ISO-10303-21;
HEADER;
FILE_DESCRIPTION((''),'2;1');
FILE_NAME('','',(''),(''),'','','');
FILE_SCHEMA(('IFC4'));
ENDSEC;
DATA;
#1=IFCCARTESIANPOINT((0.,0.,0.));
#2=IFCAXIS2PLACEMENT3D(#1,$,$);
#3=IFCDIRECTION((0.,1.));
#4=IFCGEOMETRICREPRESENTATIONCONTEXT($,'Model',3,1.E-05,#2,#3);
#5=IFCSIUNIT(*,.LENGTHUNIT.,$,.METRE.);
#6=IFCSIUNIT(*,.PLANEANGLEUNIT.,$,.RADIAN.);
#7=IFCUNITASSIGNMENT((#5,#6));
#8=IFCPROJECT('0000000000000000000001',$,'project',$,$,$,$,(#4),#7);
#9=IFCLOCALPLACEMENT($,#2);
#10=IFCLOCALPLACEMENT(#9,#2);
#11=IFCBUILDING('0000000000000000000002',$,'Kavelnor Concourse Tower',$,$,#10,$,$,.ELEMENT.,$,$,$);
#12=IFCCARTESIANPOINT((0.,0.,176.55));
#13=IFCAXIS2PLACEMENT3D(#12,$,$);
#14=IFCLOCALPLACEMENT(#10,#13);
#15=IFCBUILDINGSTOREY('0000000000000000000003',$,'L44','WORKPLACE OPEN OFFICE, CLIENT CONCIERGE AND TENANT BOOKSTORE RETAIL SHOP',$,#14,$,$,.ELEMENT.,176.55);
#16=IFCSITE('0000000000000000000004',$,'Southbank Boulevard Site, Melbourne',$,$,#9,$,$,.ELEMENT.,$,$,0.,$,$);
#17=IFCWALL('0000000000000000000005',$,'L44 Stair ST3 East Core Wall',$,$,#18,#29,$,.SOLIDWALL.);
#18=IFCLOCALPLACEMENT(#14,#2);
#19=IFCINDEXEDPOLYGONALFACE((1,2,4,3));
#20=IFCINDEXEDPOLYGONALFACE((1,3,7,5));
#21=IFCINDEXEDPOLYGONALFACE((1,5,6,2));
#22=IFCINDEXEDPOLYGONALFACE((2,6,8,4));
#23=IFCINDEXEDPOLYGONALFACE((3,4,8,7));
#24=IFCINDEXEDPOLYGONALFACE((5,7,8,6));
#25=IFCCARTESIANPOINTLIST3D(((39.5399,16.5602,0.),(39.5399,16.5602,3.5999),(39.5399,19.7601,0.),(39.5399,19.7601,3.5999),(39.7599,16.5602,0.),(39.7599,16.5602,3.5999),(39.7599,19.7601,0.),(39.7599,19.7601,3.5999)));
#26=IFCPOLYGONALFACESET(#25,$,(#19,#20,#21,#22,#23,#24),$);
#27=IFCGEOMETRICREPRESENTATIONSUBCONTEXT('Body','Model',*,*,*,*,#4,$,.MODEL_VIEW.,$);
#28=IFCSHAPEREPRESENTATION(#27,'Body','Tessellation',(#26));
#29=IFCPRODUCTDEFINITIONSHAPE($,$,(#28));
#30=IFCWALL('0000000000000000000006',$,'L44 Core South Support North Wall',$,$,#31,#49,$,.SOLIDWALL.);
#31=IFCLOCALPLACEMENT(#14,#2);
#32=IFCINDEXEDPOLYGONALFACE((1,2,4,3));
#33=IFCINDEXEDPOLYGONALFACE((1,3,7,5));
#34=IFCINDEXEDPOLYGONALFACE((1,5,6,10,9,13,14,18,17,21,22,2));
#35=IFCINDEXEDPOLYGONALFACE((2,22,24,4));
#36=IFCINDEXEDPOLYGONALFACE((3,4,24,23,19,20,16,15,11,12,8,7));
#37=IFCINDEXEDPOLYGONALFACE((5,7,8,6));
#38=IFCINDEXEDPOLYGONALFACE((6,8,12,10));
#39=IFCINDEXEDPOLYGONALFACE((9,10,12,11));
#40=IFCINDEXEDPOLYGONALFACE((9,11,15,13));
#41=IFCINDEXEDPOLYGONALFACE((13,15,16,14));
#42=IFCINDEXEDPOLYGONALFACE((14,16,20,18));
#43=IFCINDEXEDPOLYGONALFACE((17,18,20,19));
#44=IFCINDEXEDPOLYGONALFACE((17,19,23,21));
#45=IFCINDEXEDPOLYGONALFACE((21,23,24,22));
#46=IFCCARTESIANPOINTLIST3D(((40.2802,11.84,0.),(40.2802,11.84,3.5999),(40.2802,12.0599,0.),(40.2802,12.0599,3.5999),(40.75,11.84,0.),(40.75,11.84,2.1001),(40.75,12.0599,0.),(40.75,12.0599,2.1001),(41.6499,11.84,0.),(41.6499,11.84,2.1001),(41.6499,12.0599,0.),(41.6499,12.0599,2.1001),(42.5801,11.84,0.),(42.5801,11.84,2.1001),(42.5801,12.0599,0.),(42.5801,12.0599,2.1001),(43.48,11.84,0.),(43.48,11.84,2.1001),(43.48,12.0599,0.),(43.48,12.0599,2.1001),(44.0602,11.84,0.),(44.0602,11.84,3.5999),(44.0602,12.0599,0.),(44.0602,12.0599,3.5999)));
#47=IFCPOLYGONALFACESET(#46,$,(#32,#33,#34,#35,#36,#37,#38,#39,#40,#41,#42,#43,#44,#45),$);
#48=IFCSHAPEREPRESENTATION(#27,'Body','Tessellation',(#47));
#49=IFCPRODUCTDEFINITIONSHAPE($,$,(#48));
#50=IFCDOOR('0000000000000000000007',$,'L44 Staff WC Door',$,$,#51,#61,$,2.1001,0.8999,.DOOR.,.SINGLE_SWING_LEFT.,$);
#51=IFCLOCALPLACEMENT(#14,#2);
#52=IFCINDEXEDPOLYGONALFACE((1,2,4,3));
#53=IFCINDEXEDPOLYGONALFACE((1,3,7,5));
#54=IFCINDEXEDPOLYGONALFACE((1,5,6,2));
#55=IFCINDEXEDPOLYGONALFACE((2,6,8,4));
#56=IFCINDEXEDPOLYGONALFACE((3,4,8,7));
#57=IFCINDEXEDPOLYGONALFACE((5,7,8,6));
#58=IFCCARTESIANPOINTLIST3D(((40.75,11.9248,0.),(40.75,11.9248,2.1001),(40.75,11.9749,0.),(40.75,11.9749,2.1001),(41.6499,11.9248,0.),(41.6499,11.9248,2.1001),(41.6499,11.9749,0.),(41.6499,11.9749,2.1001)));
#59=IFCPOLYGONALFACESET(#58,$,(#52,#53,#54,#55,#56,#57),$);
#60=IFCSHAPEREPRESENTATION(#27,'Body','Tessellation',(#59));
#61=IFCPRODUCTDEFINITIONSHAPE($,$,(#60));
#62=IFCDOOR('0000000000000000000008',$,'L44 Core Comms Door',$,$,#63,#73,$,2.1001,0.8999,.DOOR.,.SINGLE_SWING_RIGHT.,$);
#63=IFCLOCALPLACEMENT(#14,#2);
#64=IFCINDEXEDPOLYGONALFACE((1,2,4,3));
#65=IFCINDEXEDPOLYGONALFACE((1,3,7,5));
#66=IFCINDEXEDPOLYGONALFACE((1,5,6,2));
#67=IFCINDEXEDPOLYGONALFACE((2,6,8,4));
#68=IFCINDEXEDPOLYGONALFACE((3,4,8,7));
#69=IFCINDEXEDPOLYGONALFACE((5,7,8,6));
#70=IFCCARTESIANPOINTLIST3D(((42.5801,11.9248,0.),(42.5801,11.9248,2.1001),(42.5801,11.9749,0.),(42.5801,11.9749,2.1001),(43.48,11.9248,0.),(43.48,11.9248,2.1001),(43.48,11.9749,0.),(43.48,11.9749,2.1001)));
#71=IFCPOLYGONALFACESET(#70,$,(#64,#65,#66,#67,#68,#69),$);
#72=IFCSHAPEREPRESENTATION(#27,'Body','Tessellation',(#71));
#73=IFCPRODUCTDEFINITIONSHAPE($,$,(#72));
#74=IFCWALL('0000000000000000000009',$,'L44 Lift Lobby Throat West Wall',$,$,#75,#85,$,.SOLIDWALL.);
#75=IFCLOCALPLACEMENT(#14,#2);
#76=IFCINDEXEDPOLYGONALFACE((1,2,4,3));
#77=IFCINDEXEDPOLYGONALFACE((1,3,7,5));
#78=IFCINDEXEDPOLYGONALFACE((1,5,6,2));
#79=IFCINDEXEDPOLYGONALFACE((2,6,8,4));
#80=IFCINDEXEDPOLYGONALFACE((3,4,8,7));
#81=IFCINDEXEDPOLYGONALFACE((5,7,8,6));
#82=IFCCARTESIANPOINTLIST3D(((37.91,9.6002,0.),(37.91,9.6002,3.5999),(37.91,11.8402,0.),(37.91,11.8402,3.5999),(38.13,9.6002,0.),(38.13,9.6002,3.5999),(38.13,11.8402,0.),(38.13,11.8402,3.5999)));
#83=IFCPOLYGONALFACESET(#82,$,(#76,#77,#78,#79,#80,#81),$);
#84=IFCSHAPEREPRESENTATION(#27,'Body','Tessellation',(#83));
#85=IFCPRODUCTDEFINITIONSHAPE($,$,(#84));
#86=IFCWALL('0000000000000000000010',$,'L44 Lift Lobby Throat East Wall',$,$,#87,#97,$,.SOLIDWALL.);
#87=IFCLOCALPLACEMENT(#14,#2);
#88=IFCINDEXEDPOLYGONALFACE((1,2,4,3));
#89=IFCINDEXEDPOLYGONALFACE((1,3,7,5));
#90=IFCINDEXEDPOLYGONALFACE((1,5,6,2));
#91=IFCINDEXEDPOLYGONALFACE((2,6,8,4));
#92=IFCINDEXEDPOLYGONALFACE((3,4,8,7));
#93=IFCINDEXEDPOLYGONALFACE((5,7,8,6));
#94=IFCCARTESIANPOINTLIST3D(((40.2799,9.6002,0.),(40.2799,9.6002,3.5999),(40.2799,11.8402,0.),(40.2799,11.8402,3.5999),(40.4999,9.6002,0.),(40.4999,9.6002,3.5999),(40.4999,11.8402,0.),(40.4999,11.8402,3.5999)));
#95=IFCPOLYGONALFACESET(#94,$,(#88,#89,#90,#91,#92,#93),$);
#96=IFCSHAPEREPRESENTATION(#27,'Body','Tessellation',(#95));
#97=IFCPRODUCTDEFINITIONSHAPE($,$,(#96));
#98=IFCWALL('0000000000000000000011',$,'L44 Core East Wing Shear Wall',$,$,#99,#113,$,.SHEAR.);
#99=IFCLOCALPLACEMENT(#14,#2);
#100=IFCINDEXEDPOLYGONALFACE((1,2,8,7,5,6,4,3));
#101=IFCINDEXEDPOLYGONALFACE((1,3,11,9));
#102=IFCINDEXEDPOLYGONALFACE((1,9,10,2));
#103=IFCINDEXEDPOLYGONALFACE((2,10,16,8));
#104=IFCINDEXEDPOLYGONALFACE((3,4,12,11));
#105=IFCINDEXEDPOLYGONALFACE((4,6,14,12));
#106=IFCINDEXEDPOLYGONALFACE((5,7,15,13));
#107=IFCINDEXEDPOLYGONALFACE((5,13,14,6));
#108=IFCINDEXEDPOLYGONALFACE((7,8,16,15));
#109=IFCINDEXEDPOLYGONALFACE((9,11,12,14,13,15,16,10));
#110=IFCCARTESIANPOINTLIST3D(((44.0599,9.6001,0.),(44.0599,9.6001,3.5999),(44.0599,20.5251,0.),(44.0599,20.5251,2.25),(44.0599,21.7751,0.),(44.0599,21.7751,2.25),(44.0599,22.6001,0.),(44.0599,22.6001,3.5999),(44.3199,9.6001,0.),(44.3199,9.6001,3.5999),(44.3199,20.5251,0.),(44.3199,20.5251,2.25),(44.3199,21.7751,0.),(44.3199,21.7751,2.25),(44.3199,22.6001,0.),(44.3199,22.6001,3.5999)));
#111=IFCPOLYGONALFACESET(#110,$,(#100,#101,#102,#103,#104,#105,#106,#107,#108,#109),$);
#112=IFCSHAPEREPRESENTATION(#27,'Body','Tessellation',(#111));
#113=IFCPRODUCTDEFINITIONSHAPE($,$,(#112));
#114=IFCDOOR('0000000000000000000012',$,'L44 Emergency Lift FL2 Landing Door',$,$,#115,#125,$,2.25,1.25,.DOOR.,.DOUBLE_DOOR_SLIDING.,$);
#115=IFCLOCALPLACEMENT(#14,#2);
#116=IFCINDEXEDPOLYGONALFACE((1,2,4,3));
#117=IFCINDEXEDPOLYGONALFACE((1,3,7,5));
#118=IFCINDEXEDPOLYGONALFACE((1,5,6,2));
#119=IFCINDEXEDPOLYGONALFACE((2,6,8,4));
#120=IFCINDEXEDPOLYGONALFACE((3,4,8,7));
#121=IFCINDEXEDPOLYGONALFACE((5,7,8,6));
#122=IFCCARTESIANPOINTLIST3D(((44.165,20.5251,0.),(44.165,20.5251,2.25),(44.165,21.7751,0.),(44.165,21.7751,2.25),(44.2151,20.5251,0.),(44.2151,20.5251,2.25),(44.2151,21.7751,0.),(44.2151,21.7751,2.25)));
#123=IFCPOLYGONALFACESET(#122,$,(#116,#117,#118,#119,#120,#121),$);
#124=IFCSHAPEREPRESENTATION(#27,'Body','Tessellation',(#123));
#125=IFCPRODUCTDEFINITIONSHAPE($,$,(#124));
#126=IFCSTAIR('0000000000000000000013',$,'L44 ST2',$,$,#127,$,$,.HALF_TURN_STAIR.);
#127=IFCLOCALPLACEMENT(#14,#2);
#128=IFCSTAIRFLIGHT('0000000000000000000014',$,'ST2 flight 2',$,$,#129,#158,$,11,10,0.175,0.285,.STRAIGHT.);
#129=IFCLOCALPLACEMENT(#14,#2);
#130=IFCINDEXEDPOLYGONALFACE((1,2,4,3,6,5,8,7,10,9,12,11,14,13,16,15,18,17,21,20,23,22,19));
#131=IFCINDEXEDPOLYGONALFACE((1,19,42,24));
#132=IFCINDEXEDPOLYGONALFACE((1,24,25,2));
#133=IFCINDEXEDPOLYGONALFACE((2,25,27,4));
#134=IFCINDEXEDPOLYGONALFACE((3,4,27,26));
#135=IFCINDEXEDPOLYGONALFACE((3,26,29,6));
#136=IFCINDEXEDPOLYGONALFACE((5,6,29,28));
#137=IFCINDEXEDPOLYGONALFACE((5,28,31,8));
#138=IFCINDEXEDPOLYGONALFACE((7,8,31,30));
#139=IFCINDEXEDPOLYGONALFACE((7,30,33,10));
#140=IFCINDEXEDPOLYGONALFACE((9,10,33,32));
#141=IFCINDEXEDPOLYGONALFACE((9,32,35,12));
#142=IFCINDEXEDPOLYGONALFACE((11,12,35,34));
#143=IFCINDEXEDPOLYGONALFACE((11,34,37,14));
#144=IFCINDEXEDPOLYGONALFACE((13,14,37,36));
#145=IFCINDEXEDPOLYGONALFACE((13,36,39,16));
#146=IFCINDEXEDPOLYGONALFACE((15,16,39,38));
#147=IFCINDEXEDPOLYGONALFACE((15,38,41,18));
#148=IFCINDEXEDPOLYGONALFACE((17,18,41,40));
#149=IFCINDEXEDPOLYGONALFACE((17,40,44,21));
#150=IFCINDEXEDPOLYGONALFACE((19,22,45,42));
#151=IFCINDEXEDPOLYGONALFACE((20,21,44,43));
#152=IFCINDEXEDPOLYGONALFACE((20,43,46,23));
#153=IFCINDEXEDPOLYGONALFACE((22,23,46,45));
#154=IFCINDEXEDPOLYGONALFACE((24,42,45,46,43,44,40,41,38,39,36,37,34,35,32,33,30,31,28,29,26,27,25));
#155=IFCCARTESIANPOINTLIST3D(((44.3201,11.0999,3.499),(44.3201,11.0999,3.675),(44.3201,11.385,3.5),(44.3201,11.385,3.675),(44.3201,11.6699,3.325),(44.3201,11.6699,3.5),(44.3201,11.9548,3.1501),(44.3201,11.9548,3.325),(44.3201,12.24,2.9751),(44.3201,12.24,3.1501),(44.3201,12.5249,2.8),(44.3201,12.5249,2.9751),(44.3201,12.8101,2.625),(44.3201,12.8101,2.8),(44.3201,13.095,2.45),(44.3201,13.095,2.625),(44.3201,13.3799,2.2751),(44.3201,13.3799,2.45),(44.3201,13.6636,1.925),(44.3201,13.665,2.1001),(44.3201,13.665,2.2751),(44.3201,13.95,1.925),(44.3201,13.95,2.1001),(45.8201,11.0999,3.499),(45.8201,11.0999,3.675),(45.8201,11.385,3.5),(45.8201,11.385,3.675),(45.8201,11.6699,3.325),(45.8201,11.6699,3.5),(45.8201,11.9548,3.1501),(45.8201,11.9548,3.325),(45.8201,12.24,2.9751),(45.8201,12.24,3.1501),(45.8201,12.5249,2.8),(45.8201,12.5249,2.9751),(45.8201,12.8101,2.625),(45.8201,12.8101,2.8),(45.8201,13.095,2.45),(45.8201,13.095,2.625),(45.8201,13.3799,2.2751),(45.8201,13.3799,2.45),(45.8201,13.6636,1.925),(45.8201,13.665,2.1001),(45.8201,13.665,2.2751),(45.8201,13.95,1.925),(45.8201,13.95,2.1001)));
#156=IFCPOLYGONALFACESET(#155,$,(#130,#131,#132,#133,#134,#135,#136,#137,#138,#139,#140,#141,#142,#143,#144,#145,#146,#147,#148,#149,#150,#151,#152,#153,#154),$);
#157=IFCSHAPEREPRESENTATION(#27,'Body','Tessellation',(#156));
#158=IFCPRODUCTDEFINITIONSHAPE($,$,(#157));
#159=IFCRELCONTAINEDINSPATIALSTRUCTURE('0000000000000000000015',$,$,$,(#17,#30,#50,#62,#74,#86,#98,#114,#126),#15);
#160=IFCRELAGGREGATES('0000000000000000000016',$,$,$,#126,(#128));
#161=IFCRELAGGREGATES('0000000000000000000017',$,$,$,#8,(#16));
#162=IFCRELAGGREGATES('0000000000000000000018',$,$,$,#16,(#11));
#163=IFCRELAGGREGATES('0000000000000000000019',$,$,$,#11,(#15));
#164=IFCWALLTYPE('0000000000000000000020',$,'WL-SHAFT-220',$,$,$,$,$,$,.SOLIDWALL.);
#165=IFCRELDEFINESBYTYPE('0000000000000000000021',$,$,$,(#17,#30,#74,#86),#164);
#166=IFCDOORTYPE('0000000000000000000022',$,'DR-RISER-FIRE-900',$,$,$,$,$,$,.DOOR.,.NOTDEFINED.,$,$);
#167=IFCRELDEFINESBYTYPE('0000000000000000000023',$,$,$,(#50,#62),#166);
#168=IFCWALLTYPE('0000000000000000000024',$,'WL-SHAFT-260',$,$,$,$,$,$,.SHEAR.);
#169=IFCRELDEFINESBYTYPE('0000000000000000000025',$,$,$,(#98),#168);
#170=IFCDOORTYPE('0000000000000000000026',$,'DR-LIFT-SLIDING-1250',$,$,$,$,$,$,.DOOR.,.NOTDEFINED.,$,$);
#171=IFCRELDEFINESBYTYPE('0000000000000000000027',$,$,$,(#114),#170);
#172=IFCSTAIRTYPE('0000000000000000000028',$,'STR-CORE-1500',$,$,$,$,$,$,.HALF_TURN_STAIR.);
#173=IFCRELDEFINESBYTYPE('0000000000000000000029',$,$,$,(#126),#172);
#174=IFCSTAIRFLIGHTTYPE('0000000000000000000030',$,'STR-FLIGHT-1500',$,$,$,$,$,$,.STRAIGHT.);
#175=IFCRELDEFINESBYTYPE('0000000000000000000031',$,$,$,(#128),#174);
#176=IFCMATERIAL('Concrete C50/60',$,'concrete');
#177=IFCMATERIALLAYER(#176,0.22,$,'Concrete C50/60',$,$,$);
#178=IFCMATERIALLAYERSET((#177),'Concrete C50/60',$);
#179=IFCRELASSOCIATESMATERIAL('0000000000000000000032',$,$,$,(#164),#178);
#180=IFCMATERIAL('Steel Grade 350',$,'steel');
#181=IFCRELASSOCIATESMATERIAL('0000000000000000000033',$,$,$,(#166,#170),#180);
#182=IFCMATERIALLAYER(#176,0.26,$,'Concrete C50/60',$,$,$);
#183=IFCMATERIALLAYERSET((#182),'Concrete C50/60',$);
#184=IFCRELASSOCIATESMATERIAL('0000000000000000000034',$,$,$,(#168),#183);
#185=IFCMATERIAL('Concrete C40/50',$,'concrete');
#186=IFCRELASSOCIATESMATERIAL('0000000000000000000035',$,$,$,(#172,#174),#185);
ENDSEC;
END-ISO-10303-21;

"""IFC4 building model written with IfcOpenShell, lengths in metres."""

from ifc_helpers import new_model, si_unit, direction, frame, frame_2d, origin, place, context, subcontext, project, spatial, polyline, rectangle, outline, extrude, material, layer, layer_set, type_object, element, fill, aggregate, save


model = new_model("IFC4")

# Units and contexts
model_context = context("Model", 3, precision=1e-05, world=origin(), true_north=direction((0.0, 1.0)))
body_context = subcontext(model_context, "Body", "Model", "MODEL_VIEW")
ifc_project = project(units=[si_unit("LENGTHUNIT", "METRE"), si_unit("PLANEANGLEUNIT", "RADIAN")], contexts=[model_context])

# Site, building, storey
site_placement = place(None, origin())
site = spatial("IfcSite", under=ifc_project, at=site_placement, Name="Southbank Boulevard Site, Melbourne", CompositionType="ELEMENT", RefElevation=0.0)
building_placement = place(site_placement, origin())
building = spatial("IfcBuilding", under=site, at=building_placement, Name="Kavelnor Concourse Tower", CompositionType="ELEMENT")
storey_placement = place(building_placement, frame((0.0, 0.0, 176.55)))
storey = spatial("IfcBuildingStorey", under=building, at=storey_placement, Name="L44", Description="WORKPLACE OPEN OFFICE, CLIENT CONCIERGE AND TENANT BOOKSTORE RETAIL SHOP", CompositionType="ELEMENT", Elevation=176.55)

# Shared definitions
ifc_material_1 = material(Name="Steel Grade 350", Category="steel")

# Wall
ifc_material_2 = material(Name="Concrete C50/60", Category="concrete")
ifc_layer_1 = layer(ifc_material_2, 0.22, Name="Concrete C50/60")
ifc_layer_set_1 = layer_set([ifc_layer_1], Name="Concrete C50/60")
wall_type_1 = type_object("IfcWallType", Name="WL-SHAFT-220", PredefinedType="SOLIDWALL", material=ifc_layer_set_1)
wall_1_placement = place(storey_placement, frame((39.6499, 16.5601, 0.0), z_axis=(0.0, 0.0, 1.0), x_axis=(0.0, 1.0, 0.0)))
element("IfcWall", 1, at=wall_1_placement, inside=storey, type_object=wall_type_1, Name="L44 Stair ST3 East Core Wall", PredefinedType="SOLIDWALL", context=body_context, shape_type="SweptSolid", body=[
    extrude(rectangle(XDim=3.2, YDim=0.22, at=frame_2d((1.6001, 0.0))), origin(), (0.0, 0.0, 1.0), 3.5999),
])

# Wall, openings, doors
wall_2_placement = place(storey_placement, frame((40.28, 11.95, 0.0), z_axis=(0.0, 0.0, 1.0), x_axis=(1.0, 0.0, 0.0)))
wall_2 = element("IfcWall", 2, at=wall_2_placement, inside=storey, type_object=wall_type_1, Name="L44 Core South Support North Wall", PredefinedType="SOLIDWALL", context=body_context, shape_type="SweptSolid", body=[
    extrude(rectangle(XDim=3.78, YDim=0.22, at=frame_2d((1.8901, 0.0))), origin(), (0.0, 0.0, 1.0), 3.5999),
])
opening_1_placement = place(wall_2_placement, frame((0.47, 0.0, 0.0)))
opening_1 = element("IfcOpeningElement", 3, at=opening_1_placement, cuts=wall_2, PredefinedType="OPENING", context=body_context, shape_type="SweptSolid", body=[
    extrude(rectangle(XDim=0.8999, YDim=2.1001, at=frame_2d((0.45, 1.05))), frame((0.0, 0.1201, 0.0), z_axis=(0.0, -1.0, 0.0), x_axis=(1.0, 0.0, 0.0)), (0.0, 0.0, 1.0), 0.24),
])
opening_2_placement = place(wall_2_placement, frame((2.3, 0.0, 0.0)))
opening_2 = element("IfcOpeningElement", 4, at=opening_2_placement, cuts=wall_2, PredefinedType="OPENING", context=body_context, shape_type="SweptSolid", body=[
    extrude(rectangle(XDim=0.8999, YDim=2.1001, at=frame_2d((0.45, 1.05))), frame((0.0, 0.1201, 0.0), z_axis=(0.0, -1.0, 0.0), x_axis=(1.0, 0.0, 0.0)), (0.0, 0.0, 1.0), 0.24),
])
door_type_1 = type_object("IfcDoorType", Name="DR-RISER-FIRE-900", OperationType="NOTDEFINED", PredefinedType="DOOR", material=ifc_material_1)
door_1_placement = place(opening_1_placement, origin())
door_1 = element("IfcDoor", 5, at=door_1_placement, inside=storey, type_object=door_type_1, Name="L44 Staff WC Door", OperationType="SINGLE_SWING_LEFT", OverallHeight=2.1001, OverallWidth=0.8999, PredefinedType="DOOR", context=body_context, shape_type="SweptSolid", body=[
    extrude(rectangle(XDim=0.8999, YDim=2.1001, at=frame_2d((0.45, 1.05))), frame((0.0, 0.0249, 0.0), z_axis=(0.0, -1.0, 0.0), x_axis=(1.0, 0.0, 0.0)), (0.0, 0.0, 1.0), 0.05),
])
fill(opening_1, door_1)
door_2_placement = place(opening_2_placement, origin())
door_2 = element("IfcDoor", 6, at=door_2_placement, inside=storey, type_object=door_type_1, Name="L44 Core Comms Door", OperationType="SINGLE_SWING_RIGHT", OverallHeight=2.1001, OverallWidth=0.8999, PredefinedType="DOOR", context=body_context, shape_type="SweptSolid", body=[
    extrude(rectangle(XDim=0.8999, YDim=2.1001, at=frame_2d((0.45, 1.05))), frame((0.0, 0.0249, 0.0), z_axis=(0.0, -1.0, 0.0), x_axis=(1.0, 0.0, 0.0)), (0.0, 0.0, 1.0), 0.05),
])
fill(opening_2, door_2)

# Walls
for number, where, z_axis, x_axis, name in (
    (7, (38.02, 9.6001, 0.0), (0.0, 0.0, 1.0), (0.0, 1.0, 0.0), "L44 Lift Lobby Throat West Wall"),
    (8, (40.3899, 9.6001, 0.0), (0.0, 0.0, 1.0), (0.0, 1.0, 0.0), "L44 Lift Lobby Throat East Wall"),
):
    element("IfcWall", number, at=place(storey_placement, frame(where, z_axis=z_axis, x_axis=x_axis)), inside=storey, type_object=wall_type_1, Name=name, PredefinedType="SOLIDWALL", context=body_context, shape_type="SweptSolid", body=[
        extrude(rectangle(XDim=2.24, YDim=0.22, at=frame_2d((1.1201, 0.0))), origin(), (0.0, 0.0, 1.0), 3.5999),
    ])

# Wall, opening, door
ifc_layer_2 = layer(ifc_material_2, 0.26, Name="Concrete C50/60")
ifc_layer_set_2 = layer_set([ifc_layer_2], Name="Concrete C50/60")
wall_type_2 = type_object("IfcWallType", Name="WL-SHAFT-260", PredefinedType="SHEAR", material=ifc_layer_set_2)
wall_3_placement = place(storey_placement, frame((44.1899, 9.6001, 0.0), z_axis=(0.0, 0.0, 1.0), x_axis=(0.0, 1.0, 0.0)))
wall_3 = element("IfcWall", 9, at=wall_3_placement, inside=storey, type_object=wall_type_2, Name="L44 Core East Wing Shear Wall", PredefinedType="SHEAR", context=body_context, shape_type="SweptSolid", body=[
    extrude(rectangle(XDim=13.0, YDim=0.26, at=frame_2d((6.5, 0.0))), origin(), (0.0, 0.0, 1.0), 3.5999),
])
opening_3_placement = place(wall_3_placement, frame((10.925, 0.0, 0.0)))
opening_3 = element("IfcOpeningElement", 10, at=opening_3_placement, cuts=wall_3, PredefinedType="OPENING", context=body_context, shape_type="SweptSolid", body=[
    extrude(rectangle(XDim=1.25, YDim=2.25, at=frame_2d((0.625, 1.125))), frame((0.0, 0.1401, 0.0), z_axis=(0.0, -1.0, 0.0), x_axis=(1.0, 0.0, 0.0)), (0.0, 0.0, 1.0), 0.28),
])
door_type_2 = type_object("IfcDoorType", Name="DR-LIFT-SLIDING-1250", OperationType="NOTDEFINED", PredefinedType="DOOR", material=ifc_material_1)
door_3_placement = place(opening_3_placement, origin())
door_3 = element("IfcDoor", 11, at=door_3_placement, inside=storey, type_object=door_type_2, Name="L44 Emergency Lift FL2 Landing Door", OperationType="DOUBLE_DOOR_SLIDING", OverallHeight=2.25, OverallWidth=1.25, PredefinedType="DOOR", context=body_context, shape_type="SweptSolid", body=[
    extrude(rectangle(XDim=1.25, YDim=2.25, at=frame_2d((0.625, 1.125))), frame((0.0, 0.0249, 0.0), z_axis=(0.0, -1.0, 0.0), x_axis=(1.0, 0.0, 0.0)), (0.0, 0.0, 1.0), 0.05),
])
fill(opening_3, door_3)

# Stair, stair flight
ifc_material_3 = material(Name="Concrete C40/50", Category="concrete")
stair_type = type_object("IfcStairType", Name="STR-CORE-1500", PredefinedType="HALF_TURN_STAIR", material=ifc_material_3)
stair_placement = place(storey_placement, origin())
stair = element("IfcStair", 12, at=stair_placement, inside=storey, type_object=stair_type, Name="L44 ST2", PredefinedType="HALF_TURN_STAIR")
stair_flight_type = type_object("IfcStairFlightType", Name="STR-FLIGHT-1500", PredefinedType="STRAIGHT", material=ifc_material_3)
stair_flight_placement = place(storey_placement, frame((45.0701, 13.95, 1.925), z_axis=(0.0, 0.0, 1.0), x_axis=(0.0, -1.0, 0.0)))
stair_flight = element("IfcStairFlight", 13, at=stair_flight_placement, type_object=stair_flight_type, Name="ST2 flight 2", NumberOfRisers=11, NumberOfTreads=10, PredefinedType="STRAIGHT", RiserHeight=0.175, TreadLength=0.285, context=body_context, shape_type="SweptSolid", body=[
    extrude(outline(polyline([(0.0, 0.0), (0.0, 0.175), (0.2849, 0.175), (0.2849, 0.3501), (0.5701, 0.3501), (0.5701, 0.5249), (0.855, 0.5249), (0.855, 0.7), (1.1399, 0.7), (1.1399, 0.875), (1.425, 0.875), (1.425, 1.05), (1.71, 1.05), (1.71, 1.2251), (1.9951, 1.2251), (1.9951, 1.3999), (2.28, 1.3999), (2.28, 1.575), (2.5649, 1.575), (2.5649, 1.75), (2.8501, 1.75), (2.8501, 1.925), (2.8501, 1.574), (0.2864, 0.0), (0.0, 0.0)])), frame((0.0, 0.75, 0.0), z_axis=(0.0, -1.0, 0.0), x_axis=(1.0, 0.0, 0.0)), (0.0, 0.0, 1.0), 1.5),
])
aggregate(stair, [stair_flight])

save(model, "model.ifc")
